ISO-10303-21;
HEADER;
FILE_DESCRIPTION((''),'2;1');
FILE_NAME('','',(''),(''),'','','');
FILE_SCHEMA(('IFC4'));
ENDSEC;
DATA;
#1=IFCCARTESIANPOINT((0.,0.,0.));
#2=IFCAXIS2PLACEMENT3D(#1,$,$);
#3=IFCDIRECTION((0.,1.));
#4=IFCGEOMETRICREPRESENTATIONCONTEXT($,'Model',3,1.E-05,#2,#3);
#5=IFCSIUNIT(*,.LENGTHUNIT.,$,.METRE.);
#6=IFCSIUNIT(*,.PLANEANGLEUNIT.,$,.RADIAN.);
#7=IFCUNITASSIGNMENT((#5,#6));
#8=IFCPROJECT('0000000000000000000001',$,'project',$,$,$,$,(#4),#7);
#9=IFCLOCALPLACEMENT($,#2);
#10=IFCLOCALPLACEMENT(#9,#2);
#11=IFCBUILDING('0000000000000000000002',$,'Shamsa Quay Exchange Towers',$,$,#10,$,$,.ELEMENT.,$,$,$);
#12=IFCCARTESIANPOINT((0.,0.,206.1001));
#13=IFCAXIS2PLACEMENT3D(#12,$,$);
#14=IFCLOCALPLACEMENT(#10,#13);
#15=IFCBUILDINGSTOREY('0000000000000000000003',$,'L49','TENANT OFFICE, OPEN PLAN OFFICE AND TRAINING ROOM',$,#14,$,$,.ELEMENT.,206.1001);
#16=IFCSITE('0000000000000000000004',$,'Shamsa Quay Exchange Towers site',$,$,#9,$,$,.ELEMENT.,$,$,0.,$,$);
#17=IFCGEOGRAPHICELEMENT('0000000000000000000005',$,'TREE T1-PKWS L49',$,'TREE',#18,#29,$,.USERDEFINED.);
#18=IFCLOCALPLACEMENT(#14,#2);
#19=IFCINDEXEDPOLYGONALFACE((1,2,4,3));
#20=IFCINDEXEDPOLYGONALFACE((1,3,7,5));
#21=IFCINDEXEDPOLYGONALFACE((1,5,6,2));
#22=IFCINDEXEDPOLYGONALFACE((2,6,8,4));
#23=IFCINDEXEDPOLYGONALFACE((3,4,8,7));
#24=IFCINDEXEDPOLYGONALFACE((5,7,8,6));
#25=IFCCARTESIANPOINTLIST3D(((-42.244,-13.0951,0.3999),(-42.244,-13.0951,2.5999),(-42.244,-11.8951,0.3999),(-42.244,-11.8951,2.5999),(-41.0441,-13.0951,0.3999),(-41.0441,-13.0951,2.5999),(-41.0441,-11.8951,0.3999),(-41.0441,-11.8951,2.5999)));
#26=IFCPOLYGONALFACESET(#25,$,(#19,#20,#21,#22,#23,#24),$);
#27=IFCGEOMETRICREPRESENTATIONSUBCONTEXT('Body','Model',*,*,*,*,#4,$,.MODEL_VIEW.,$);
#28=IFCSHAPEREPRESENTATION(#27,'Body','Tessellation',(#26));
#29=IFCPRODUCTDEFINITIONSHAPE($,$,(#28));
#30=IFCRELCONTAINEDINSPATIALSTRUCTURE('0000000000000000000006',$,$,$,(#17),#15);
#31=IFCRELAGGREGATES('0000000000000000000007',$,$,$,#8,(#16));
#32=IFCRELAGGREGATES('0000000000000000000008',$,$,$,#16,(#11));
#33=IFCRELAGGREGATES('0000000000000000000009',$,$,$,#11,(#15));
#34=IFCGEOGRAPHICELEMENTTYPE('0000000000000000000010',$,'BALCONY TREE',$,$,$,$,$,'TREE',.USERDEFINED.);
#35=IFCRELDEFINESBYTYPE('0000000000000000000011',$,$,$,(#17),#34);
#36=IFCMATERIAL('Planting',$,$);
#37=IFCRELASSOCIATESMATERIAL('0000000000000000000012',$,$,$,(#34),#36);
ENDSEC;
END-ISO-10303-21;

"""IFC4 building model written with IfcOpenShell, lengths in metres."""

from ifc_helpers import new_model, si_unit, direction, frame, origin, origin_2d, place, context, subcontext, project, spatial, rectangle, extrude, material, type_object, element, save


model = new_model("IFC4")

# Units and contexts
model_context = context("Model", 3, precision=1e-05, world=origin(), true_north=direction((0.0, 1.0)))
body_context = subcontext(model_context, "Body", "Model", "MODEL_VIEW")
ifc_project = project(units=[si_unit("LENGTHUNIT", "METRE"), si_unit("PLANEANGLEUNIT", "RADIAN")], contexts=[model_context])

# Site, building, storey
site_placement = place(None, origin())
site = spatial("IfcSite", under=ifc_project, at=site_placement, Name="Shamsa Quay Exchange Towers site", CompositionType="ELEMENT", RefElevation=0.0)
building_placement = place(site_placement, origin())
building = spatial("IfcBuilding", under=site, at=building_placement, Name="Shamsa Quay Exchange Towers", CompositionType="ELEMENT")
storey_placement = place(building_placement, frame((0.0, 0.0, 206.1001)))
storey = spatial("IfcBuildingStorey", under=building, at=storey_placement, Name="L49", Description="TENANT OFFICE, OPEN PLAN OFFICE AND TRAINING ROOM", CompositionType="ELEMENT", Elevation=206.1001)

# Geographic element
ifc_material_1 = material(Name="Planting")
geographic_element_type = type_object("IfcGeographicElementType", Name="BALCONY TREE", ElementType="TREE", PredefinedType="USERDEFINED", material=ifc_material_1)
geographic_element_placement = place(storey_placement, frame((-41.644, -12.4951, 0.3999)))
element("IfcGeographicElement", 1, at=geographic_element_placement, inside=storey, type_object=geographic_element_type, Name="TREE T1-PKWS L49", ObjectType="TREE", PredefinedType="USERDEFINED", context=body_context, shape_type="SweptSolid", body=[
    extrude(rectangle(XDim=1.2, YDim=1.2, at=origin_2d()), origin(), (0.0, 0.0, 1.0), 2.2),
])

save(model, "model.ifc")
